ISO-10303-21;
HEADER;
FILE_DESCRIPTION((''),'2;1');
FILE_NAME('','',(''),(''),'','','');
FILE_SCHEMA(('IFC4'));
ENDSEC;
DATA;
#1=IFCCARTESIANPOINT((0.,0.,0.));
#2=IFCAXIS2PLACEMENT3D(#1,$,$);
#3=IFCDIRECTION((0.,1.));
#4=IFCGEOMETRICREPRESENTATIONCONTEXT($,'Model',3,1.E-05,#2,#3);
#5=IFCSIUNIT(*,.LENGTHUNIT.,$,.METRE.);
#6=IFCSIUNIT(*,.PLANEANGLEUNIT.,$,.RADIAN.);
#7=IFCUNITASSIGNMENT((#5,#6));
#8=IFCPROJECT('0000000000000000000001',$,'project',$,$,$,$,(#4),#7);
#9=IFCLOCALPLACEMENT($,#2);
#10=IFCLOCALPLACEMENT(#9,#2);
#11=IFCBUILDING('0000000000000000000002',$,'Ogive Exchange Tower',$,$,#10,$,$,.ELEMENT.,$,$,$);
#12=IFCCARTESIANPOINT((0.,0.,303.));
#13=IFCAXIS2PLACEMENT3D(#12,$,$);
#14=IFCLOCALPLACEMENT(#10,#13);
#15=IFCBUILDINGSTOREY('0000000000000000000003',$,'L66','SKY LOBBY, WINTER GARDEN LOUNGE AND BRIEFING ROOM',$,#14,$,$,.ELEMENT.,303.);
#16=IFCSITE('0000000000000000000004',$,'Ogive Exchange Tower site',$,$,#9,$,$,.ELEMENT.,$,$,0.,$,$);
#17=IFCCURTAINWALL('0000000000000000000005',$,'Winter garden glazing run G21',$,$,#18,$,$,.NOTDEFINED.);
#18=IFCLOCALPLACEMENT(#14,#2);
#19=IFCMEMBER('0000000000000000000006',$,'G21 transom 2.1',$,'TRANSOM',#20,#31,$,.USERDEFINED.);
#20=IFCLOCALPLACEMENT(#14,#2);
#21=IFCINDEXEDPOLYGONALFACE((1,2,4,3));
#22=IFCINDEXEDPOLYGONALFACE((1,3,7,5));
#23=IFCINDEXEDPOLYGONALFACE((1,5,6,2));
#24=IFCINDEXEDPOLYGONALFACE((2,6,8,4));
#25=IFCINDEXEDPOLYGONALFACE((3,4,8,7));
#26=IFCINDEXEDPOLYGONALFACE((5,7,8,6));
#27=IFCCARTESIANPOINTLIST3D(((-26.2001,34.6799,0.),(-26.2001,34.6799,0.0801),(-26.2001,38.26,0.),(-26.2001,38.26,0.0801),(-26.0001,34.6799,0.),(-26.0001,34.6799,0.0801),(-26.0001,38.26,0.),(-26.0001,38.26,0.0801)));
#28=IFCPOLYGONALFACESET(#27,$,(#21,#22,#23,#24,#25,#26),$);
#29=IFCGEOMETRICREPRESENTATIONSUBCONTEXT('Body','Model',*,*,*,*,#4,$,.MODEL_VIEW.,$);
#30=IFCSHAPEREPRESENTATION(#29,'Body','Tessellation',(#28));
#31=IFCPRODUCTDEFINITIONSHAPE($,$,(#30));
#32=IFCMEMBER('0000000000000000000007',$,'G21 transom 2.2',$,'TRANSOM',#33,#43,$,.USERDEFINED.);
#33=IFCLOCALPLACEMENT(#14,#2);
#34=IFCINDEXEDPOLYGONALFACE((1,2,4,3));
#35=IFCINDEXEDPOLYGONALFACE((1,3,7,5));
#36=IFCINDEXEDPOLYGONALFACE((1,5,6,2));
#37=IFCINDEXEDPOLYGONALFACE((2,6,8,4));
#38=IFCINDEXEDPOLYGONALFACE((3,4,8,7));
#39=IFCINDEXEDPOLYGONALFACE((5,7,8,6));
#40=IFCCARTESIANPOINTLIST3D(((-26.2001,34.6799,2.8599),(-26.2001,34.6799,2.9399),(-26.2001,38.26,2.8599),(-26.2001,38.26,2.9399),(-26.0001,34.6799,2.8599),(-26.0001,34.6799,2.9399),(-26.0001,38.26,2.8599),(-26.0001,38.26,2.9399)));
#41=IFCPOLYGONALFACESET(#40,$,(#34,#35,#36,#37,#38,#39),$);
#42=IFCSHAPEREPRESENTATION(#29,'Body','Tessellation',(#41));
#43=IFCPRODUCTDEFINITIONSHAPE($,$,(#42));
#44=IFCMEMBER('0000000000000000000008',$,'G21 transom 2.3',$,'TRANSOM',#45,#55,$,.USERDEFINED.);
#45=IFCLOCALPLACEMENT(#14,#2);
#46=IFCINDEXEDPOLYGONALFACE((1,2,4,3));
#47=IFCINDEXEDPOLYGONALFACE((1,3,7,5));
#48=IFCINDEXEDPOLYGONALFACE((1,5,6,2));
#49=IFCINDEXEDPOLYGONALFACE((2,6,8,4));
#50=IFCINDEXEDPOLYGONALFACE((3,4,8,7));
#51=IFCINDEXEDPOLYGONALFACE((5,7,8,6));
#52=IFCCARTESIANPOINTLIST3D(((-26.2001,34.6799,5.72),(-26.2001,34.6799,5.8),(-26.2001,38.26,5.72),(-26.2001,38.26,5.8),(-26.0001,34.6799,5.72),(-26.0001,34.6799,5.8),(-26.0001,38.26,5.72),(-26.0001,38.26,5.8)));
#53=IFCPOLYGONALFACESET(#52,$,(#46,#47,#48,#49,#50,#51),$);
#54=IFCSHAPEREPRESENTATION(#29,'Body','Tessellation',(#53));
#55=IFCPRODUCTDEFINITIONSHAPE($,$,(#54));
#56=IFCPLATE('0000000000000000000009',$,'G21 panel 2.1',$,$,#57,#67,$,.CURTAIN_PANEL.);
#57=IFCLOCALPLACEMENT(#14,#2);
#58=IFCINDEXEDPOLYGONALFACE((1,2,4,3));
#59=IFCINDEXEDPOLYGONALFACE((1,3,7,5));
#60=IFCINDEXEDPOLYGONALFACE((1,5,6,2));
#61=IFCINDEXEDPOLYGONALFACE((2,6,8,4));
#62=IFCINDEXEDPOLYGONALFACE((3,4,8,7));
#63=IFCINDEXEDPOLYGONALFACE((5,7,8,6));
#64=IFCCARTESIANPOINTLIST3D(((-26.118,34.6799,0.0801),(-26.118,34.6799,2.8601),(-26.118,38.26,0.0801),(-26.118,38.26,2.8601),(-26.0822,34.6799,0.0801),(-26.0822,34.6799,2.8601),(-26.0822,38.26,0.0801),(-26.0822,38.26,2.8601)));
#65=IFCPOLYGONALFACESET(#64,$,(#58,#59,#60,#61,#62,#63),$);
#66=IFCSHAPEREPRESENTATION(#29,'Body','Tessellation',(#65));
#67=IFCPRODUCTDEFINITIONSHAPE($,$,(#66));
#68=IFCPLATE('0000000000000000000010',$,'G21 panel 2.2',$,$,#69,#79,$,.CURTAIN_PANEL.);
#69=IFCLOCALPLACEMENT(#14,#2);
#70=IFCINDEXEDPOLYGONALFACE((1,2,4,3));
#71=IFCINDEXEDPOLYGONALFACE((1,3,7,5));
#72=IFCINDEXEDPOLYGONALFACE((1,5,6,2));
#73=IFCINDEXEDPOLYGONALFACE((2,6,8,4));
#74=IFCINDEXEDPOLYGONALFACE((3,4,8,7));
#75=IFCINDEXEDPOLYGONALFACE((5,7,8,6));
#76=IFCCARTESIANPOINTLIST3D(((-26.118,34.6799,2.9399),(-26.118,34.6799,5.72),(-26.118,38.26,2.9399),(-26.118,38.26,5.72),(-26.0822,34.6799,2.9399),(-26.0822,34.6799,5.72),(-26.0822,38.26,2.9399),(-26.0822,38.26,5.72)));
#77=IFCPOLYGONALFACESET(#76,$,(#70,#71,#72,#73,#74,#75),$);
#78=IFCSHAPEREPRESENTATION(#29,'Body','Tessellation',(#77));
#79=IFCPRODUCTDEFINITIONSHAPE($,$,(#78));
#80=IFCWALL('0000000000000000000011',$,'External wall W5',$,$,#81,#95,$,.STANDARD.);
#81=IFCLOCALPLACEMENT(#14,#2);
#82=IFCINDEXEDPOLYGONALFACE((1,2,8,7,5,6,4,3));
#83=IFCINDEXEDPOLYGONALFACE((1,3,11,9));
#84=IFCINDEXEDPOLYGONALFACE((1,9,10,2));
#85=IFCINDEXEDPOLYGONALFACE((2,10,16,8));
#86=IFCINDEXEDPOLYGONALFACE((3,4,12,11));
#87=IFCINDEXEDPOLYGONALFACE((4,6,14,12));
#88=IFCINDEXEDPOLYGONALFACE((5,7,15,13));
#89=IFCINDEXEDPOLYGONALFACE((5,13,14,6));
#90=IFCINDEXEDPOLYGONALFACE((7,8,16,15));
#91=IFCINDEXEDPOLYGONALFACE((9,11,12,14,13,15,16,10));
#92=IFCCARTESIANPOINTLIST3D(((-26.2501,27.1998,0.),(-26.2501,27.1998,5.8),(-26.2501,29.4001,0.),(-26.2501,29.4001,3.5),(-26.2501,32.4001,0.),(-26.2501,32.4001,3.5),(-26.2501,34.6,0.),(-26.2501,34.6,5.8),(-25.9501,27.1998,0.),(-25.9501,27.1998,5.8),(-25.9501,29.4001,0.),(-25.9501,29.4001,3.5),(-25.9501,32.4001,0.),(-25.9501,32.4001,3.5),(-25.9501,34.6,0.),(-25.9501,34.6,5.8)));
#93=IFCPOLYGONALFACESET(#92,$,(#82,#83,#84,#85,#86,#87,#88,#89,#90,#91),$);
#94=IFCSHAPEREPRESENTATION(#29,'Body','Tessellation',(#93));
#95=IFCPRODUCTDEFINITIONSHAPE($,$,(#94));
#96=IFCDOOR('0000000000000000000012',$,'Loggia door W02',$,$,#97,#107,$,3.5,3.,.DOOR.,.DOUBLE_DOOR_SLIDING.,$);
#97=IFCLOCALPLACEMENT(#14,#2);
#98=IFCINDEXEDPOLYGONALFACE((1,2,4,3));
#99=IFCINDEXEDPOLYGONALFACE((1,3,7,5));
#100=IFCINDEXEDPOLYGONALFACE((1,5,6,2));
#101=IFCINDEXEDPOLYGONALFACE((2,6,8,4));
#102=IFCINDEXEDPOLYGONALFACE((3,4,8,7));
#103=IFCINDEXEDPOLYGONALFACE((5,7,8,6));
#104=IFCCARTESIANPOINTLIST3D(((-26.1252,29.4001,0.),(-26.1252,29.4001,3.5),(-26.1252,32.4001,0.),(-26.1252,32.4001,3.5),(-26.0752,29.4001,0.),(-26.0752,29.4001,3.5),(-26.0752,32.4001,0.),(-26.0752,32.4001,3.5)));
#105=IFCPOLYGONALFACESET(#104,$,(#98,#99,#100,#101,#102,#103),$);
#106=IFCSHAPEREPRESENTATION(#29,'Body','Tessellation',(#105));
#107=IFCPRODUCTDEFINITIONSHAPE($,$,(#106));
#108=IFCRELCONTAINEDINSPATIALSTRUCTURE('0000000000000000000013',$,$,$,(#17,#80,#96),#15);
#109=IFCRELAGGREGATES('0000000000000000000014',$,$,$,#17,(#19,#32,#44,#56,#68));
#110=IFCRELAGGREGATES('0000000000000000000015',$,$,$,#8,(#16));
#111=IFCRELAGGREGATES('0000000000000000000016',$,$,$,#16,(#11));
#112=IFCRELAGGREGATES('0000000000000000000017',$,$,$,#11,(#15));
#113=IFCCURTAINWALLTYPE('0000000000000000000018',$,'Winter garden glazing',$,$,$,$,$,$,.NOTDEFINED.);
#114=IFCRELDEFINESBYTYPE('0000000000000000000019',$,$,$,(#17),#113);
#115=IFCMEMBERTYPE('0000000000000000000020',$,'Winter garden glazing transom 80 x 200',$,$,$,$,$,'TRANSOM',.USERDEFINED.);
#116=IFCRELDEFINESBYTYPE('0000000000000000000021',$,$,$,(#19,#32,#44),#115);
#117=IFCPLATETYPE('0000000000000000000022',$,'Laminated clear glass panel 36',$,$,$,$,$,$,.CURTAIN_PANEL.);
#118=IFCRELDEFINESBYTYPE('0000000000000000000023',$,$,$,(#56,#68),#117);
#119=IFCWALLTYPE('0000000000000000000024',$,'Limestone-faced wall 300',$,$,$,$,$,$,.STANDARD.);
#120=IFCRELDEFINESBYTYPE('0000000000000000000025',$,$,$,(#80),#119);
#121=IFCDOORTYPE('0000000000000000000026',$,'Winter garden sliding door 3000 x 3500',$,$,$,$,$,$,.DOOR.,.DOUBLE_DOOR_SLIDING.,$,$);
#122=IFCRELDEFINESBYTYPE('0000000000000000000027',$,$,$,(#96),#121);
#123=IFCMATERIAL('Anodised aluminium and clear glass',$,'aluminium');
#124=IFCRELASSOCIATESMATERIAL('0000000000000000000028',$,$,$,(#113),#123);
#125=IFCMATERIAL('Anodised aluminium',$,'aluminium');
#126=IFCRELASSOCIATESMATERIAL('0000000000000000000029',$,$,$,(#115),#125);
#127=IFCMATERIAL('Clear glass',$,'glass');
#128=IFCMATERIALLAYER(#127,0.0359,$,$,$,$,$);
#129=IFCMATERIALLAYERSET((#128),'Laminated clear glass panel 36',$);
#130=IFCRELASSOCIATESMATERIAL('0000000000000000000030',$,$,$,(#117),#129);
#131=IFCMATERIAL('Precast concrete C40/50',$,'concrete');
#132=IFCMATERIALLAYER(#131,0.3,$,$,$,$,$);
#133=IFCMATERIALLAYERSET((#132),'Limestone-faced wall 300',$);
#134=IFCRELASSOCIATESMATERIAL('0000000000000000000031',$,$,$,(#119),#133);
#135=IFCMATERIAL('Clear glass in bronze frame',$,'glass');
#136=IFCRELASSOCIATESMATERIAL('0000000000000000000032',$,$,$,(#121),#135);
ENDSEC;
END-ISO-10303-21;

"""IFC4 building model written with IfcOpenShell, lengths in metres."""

from ifc_helpers import new_model, si_unit, direction, frame, frame_2d, origin, origin_2d, place, context, subcontext, project, spatial, rectangle, extrude, material, layer, layer_set, material_profile, profile_set, type_object, element, fill, aggregate, save


model = new_model("IFC4")

# Units and contexts
model_context = context("Model", 3, precision=1e-05, world=origin(), true_north=direction((0.0, 1.0)))
body_context = subcontext(model_context, "Body", "Model", "MODEL_VIEW")
ifc_project = project(units=[si_unit("LENGTHUNIT", "METRE"), si_unit("PLANEANGLEUNIT", "RADIAN")], contexts=[model_context])

# Site, building, storey
site_placement = place(None, origin())
site = spatial("IfcSite", under=ifc_project, at=site_placement, Name="Ogive Exchange Tower site", CompositionType="ELEMENT", RefElevation=0.0)
building_placement = place(site_placement, origin())
building = spatial("IfcBuilding", under=site, at=building_placement, Name="Ogive Exchange Tower", CompositionType="ELEMENT")
storey_placement = place(building_placement, frame((0.0, 0.0, 303.0)))
storey = spatial("IfcBuildingStorey", under=building, at=storey_placement, Name="L66", Description="SKY LOBBY, WINTER GARDEN LOUNGE AND BRIEFING ROOM", CompositionType="ELEMENT", Elevation=303.0)

# Curtain wall
ifc_material_1 = material(Name="Anodised aluminium and clear glass", Category="aluminium")
curtain_wall_type = type_object("IfcCurtainWallType", Name="Winter garden glazing", PredefinedType="NOTDEFINED", material=ifc_material_1)
curtain_wall_1_placement = place(storey_placement, origin())
curtain_wall_1 = element("IfcCurtainWall", 1, at=curtain_wall_1_placement, inside=storey, type_object=curtain_wall_type, Name="Winter garden glazing run G21", PredefinedType="NOTDEFINED")
ifc_material_2 = material(Name="Anodised aluminium", Category="aluminium")

# Members
ifc_material_profile_1 = material_profile(ifc_material_2, rectangle(XDim=0.2, YDim=0.0801, at=origin_2d()), Name="AL 80x200")
ifc_profile_set_1 = profile_set([ifc_material_profile_1], Name="Anodised aluminium")
member_type_1 = type_object("IfcMemberType", Name="Winter garden glazing transom 80 x 200", ElementType="TRANSOM", PredefinedType="USERDEFINED", material=ifc_profile_set_1)
member_1_placement = place(storey_placement, frame((-26.1001, 38.26, 0.04), z_axis=(0.0, -1.0, 0.0), x_axis=(1.0, 0.0, 0.0)))
member_1 = element("IfcMember", 2, at=member_1_placement, type_object=member_type_1, Name="G21 transom 2.1", ObjectType="TRANSOM", PredefinedType="USERDEFINED", context=body_context, shape_type="SweptSolid", body=[
    extrude(rectangle(XDim=0.2, YDim=0.0801, at=origin_2d()), origin(), (0.0, 0.0, 1.0), 3.5801),
])
member_2_placement = place(storey_placement, frame((-26.1001, 38.26, 2.8999), z_axis=(0.0, -1.0, 0.0), x_axis=(1.0, 0.0, 0.0)))
member_2 = element("IfcMember", 3, at=member_2_placement, type_object=member_type_1, Name="G21 transom 2.2", ObjectType="TRANSOM", PredefinedType="USERDEFINED", context=body_context, shape_type="SweptSolid", body=[
    extrude(rectangle(XDim=0.2, YDim=0.0801, at=origin_2d()), origin(), (0.0, 0.0, 1.0), 3.5801),
])
member_3_placement = place(storey_placement, frame((-26.1001, 38.26, 5.76), z_axis=(0.0, -1.0, 0.0), x_axis=(1.0, 0.0, 0.0)))
member_3 = element("IfcMember", 4, at=member_3_placement, type_object=member_type_1, Name="G21 transom 2.3", ObjectType="TRANSOM", PredefinedType="USERDEFINED", context=body_context, shape_type="SweptSolid", body=[
    extrude(rectangle(XDim=0.2, YDim=0.0801, at=origin_2d()), origin(), (0.0, 0.0, 1.0), 3.5801),
])

# Plates
ifc_material_3 = material(Name="Clear glass", Category="glass")
ifc_layer_1 = layer(ifc_material_3, 0.0359)
ifc_layer_set_1 = layer_set([ifc_layer_1], Name="Laminated clear glass panel 36")
plate_type = type_object("IfcPlateType", Name="Laminated clear glass panel 36", PredefinedType="CURTAIN_PANEL", material=ifc_layer_set_1)
plate_1_placement = place(storey_placement, frame((-26.1001, 36.47, 0.0801), z_axis=(0.0, 0.0, 1.0), x_axis=(0.0, -1.0, 0.0)))
plate_1 = element("IfcPlate", 5, at=plate_1_placement, type_object=plate_type, Name="G21 panel 2.1", PredefinedType="CURTAIN_PANEL", context=body_context, shape_type="SweptSolid", body=[
    extrude(rectangle(XDim=3.5801, YDim=0.0359, at=origin_2d()), origin(), (0.0, 0.0, 1.0), 2.78),
])
plate_2_placement = place(storey_placement, frame((-26.1001, 36.47, 2.9399), z_axis=(0.0, 0.0, 1.0), x_axis=(0.0, -1.0, 0.0)))
plate_2 = element("IfcPlate", 6, at=plate_2_placement, type_object=plate_type, Name="G21 panel 2.2", PredefinedType="CURTAIN_PANEL", context=body_context, shape_type="SweptSolid", body=[
    extrude(rectangle(XDim=3.5801, YDim=0.0359, at=origin_2d()), origin(), (0.0, 0.0, 1.0), 2.78),
])
aggregate(curtain_wall_1, [member_1, member_2, member_3, plate_1, plate_2])

# Wall, opening, door
ifc_material_4 = material(Name="Precast concrete C40/50", Category="concrete")
ifc_layer_2 = layer(ifc_material_4, 0.3)
ifc_layer_set_2 = layer_set([ifc_layer_2], Name="Limestone-faced wall 300")
wall_type = type_object("IfcWallType", Name="Limestone-faced wall 300", PredefinedType="STANDARD", material=ifc_layer_set_2)
wall_placement = place(storey_placement, frame((-26.1001, 34.6001, 0.0), z_axis=(0.0, 0.0, 1.0), x_axis=(0.0, -1.0, 0.0)))
wall = element("IfcWall", 7, at=wall_placement, inside=storey, type_object=wall_type, Name="External wall W5", PredefinedType="STANDARD", context=body_context, shape_type="SweptSolid", body=[
    extrude(rectangle(XDim=7.4001, YDim=0.3, at=frame_2d((3.7002, 0.0))), origin(), (0.0, 0.0, 1.0), 5.8),
])
opening_placement = place(wall_placement, frame((2.2, 0.0, 0.0)))
opening = element("IfcOpeningElement", 8, at=opening_placement, cuts=wall, PredefinedType="OPENING", context=body_context, shape_type="SweptSolid", body=[
    extrude(rectangle(XDim=3.0, YDim=3.5, at=frame_2d((1.5, 1.75))), frame((0.0, 0.1599, 0.0), z_axis=(0.0, -1.0, 0.0), x_axis=(1.0, 0.0, 0.0)), (0.0, 0.0, 1.0), 0.3201),
])
ifc_material_5 = material(Name="Clear glass in bronze frame", Category="glass")
door_type = type_object("IfcDoorType", Name="Winter garden sliding door 3000 x 3500", OperationType="DOUBLE_DOOR_SLIDING", PredefinedType="DOOR", material=ifc_material_5)
door_placement = place(opening_placement, origin())
door = element("IfcDoor", 9, at=door_placement, inside=storey, type_object=door_type, Name="Loggia door W02", OperationType="DOUBLE_DOOR_SLIDING", OverallHeight=3.5, OverallWidth=3.0, PredefinedType="DOOR", context=body_context, shape_type="SweptSolid", body=[
    extrude(rectangle(XDim=3.0, YDim=3.5, at=frame_2d((1.5, 1.75))), frame((0.0, 0.0249, 0.0), z_axis=(0.0, -1.0, 0.0), x_axis=(1.0, 0.0, 0.0)), (0.0, 0.0, 1.0), 0.05),
])
fill(opening, door)

save(model, "model.ifc")
